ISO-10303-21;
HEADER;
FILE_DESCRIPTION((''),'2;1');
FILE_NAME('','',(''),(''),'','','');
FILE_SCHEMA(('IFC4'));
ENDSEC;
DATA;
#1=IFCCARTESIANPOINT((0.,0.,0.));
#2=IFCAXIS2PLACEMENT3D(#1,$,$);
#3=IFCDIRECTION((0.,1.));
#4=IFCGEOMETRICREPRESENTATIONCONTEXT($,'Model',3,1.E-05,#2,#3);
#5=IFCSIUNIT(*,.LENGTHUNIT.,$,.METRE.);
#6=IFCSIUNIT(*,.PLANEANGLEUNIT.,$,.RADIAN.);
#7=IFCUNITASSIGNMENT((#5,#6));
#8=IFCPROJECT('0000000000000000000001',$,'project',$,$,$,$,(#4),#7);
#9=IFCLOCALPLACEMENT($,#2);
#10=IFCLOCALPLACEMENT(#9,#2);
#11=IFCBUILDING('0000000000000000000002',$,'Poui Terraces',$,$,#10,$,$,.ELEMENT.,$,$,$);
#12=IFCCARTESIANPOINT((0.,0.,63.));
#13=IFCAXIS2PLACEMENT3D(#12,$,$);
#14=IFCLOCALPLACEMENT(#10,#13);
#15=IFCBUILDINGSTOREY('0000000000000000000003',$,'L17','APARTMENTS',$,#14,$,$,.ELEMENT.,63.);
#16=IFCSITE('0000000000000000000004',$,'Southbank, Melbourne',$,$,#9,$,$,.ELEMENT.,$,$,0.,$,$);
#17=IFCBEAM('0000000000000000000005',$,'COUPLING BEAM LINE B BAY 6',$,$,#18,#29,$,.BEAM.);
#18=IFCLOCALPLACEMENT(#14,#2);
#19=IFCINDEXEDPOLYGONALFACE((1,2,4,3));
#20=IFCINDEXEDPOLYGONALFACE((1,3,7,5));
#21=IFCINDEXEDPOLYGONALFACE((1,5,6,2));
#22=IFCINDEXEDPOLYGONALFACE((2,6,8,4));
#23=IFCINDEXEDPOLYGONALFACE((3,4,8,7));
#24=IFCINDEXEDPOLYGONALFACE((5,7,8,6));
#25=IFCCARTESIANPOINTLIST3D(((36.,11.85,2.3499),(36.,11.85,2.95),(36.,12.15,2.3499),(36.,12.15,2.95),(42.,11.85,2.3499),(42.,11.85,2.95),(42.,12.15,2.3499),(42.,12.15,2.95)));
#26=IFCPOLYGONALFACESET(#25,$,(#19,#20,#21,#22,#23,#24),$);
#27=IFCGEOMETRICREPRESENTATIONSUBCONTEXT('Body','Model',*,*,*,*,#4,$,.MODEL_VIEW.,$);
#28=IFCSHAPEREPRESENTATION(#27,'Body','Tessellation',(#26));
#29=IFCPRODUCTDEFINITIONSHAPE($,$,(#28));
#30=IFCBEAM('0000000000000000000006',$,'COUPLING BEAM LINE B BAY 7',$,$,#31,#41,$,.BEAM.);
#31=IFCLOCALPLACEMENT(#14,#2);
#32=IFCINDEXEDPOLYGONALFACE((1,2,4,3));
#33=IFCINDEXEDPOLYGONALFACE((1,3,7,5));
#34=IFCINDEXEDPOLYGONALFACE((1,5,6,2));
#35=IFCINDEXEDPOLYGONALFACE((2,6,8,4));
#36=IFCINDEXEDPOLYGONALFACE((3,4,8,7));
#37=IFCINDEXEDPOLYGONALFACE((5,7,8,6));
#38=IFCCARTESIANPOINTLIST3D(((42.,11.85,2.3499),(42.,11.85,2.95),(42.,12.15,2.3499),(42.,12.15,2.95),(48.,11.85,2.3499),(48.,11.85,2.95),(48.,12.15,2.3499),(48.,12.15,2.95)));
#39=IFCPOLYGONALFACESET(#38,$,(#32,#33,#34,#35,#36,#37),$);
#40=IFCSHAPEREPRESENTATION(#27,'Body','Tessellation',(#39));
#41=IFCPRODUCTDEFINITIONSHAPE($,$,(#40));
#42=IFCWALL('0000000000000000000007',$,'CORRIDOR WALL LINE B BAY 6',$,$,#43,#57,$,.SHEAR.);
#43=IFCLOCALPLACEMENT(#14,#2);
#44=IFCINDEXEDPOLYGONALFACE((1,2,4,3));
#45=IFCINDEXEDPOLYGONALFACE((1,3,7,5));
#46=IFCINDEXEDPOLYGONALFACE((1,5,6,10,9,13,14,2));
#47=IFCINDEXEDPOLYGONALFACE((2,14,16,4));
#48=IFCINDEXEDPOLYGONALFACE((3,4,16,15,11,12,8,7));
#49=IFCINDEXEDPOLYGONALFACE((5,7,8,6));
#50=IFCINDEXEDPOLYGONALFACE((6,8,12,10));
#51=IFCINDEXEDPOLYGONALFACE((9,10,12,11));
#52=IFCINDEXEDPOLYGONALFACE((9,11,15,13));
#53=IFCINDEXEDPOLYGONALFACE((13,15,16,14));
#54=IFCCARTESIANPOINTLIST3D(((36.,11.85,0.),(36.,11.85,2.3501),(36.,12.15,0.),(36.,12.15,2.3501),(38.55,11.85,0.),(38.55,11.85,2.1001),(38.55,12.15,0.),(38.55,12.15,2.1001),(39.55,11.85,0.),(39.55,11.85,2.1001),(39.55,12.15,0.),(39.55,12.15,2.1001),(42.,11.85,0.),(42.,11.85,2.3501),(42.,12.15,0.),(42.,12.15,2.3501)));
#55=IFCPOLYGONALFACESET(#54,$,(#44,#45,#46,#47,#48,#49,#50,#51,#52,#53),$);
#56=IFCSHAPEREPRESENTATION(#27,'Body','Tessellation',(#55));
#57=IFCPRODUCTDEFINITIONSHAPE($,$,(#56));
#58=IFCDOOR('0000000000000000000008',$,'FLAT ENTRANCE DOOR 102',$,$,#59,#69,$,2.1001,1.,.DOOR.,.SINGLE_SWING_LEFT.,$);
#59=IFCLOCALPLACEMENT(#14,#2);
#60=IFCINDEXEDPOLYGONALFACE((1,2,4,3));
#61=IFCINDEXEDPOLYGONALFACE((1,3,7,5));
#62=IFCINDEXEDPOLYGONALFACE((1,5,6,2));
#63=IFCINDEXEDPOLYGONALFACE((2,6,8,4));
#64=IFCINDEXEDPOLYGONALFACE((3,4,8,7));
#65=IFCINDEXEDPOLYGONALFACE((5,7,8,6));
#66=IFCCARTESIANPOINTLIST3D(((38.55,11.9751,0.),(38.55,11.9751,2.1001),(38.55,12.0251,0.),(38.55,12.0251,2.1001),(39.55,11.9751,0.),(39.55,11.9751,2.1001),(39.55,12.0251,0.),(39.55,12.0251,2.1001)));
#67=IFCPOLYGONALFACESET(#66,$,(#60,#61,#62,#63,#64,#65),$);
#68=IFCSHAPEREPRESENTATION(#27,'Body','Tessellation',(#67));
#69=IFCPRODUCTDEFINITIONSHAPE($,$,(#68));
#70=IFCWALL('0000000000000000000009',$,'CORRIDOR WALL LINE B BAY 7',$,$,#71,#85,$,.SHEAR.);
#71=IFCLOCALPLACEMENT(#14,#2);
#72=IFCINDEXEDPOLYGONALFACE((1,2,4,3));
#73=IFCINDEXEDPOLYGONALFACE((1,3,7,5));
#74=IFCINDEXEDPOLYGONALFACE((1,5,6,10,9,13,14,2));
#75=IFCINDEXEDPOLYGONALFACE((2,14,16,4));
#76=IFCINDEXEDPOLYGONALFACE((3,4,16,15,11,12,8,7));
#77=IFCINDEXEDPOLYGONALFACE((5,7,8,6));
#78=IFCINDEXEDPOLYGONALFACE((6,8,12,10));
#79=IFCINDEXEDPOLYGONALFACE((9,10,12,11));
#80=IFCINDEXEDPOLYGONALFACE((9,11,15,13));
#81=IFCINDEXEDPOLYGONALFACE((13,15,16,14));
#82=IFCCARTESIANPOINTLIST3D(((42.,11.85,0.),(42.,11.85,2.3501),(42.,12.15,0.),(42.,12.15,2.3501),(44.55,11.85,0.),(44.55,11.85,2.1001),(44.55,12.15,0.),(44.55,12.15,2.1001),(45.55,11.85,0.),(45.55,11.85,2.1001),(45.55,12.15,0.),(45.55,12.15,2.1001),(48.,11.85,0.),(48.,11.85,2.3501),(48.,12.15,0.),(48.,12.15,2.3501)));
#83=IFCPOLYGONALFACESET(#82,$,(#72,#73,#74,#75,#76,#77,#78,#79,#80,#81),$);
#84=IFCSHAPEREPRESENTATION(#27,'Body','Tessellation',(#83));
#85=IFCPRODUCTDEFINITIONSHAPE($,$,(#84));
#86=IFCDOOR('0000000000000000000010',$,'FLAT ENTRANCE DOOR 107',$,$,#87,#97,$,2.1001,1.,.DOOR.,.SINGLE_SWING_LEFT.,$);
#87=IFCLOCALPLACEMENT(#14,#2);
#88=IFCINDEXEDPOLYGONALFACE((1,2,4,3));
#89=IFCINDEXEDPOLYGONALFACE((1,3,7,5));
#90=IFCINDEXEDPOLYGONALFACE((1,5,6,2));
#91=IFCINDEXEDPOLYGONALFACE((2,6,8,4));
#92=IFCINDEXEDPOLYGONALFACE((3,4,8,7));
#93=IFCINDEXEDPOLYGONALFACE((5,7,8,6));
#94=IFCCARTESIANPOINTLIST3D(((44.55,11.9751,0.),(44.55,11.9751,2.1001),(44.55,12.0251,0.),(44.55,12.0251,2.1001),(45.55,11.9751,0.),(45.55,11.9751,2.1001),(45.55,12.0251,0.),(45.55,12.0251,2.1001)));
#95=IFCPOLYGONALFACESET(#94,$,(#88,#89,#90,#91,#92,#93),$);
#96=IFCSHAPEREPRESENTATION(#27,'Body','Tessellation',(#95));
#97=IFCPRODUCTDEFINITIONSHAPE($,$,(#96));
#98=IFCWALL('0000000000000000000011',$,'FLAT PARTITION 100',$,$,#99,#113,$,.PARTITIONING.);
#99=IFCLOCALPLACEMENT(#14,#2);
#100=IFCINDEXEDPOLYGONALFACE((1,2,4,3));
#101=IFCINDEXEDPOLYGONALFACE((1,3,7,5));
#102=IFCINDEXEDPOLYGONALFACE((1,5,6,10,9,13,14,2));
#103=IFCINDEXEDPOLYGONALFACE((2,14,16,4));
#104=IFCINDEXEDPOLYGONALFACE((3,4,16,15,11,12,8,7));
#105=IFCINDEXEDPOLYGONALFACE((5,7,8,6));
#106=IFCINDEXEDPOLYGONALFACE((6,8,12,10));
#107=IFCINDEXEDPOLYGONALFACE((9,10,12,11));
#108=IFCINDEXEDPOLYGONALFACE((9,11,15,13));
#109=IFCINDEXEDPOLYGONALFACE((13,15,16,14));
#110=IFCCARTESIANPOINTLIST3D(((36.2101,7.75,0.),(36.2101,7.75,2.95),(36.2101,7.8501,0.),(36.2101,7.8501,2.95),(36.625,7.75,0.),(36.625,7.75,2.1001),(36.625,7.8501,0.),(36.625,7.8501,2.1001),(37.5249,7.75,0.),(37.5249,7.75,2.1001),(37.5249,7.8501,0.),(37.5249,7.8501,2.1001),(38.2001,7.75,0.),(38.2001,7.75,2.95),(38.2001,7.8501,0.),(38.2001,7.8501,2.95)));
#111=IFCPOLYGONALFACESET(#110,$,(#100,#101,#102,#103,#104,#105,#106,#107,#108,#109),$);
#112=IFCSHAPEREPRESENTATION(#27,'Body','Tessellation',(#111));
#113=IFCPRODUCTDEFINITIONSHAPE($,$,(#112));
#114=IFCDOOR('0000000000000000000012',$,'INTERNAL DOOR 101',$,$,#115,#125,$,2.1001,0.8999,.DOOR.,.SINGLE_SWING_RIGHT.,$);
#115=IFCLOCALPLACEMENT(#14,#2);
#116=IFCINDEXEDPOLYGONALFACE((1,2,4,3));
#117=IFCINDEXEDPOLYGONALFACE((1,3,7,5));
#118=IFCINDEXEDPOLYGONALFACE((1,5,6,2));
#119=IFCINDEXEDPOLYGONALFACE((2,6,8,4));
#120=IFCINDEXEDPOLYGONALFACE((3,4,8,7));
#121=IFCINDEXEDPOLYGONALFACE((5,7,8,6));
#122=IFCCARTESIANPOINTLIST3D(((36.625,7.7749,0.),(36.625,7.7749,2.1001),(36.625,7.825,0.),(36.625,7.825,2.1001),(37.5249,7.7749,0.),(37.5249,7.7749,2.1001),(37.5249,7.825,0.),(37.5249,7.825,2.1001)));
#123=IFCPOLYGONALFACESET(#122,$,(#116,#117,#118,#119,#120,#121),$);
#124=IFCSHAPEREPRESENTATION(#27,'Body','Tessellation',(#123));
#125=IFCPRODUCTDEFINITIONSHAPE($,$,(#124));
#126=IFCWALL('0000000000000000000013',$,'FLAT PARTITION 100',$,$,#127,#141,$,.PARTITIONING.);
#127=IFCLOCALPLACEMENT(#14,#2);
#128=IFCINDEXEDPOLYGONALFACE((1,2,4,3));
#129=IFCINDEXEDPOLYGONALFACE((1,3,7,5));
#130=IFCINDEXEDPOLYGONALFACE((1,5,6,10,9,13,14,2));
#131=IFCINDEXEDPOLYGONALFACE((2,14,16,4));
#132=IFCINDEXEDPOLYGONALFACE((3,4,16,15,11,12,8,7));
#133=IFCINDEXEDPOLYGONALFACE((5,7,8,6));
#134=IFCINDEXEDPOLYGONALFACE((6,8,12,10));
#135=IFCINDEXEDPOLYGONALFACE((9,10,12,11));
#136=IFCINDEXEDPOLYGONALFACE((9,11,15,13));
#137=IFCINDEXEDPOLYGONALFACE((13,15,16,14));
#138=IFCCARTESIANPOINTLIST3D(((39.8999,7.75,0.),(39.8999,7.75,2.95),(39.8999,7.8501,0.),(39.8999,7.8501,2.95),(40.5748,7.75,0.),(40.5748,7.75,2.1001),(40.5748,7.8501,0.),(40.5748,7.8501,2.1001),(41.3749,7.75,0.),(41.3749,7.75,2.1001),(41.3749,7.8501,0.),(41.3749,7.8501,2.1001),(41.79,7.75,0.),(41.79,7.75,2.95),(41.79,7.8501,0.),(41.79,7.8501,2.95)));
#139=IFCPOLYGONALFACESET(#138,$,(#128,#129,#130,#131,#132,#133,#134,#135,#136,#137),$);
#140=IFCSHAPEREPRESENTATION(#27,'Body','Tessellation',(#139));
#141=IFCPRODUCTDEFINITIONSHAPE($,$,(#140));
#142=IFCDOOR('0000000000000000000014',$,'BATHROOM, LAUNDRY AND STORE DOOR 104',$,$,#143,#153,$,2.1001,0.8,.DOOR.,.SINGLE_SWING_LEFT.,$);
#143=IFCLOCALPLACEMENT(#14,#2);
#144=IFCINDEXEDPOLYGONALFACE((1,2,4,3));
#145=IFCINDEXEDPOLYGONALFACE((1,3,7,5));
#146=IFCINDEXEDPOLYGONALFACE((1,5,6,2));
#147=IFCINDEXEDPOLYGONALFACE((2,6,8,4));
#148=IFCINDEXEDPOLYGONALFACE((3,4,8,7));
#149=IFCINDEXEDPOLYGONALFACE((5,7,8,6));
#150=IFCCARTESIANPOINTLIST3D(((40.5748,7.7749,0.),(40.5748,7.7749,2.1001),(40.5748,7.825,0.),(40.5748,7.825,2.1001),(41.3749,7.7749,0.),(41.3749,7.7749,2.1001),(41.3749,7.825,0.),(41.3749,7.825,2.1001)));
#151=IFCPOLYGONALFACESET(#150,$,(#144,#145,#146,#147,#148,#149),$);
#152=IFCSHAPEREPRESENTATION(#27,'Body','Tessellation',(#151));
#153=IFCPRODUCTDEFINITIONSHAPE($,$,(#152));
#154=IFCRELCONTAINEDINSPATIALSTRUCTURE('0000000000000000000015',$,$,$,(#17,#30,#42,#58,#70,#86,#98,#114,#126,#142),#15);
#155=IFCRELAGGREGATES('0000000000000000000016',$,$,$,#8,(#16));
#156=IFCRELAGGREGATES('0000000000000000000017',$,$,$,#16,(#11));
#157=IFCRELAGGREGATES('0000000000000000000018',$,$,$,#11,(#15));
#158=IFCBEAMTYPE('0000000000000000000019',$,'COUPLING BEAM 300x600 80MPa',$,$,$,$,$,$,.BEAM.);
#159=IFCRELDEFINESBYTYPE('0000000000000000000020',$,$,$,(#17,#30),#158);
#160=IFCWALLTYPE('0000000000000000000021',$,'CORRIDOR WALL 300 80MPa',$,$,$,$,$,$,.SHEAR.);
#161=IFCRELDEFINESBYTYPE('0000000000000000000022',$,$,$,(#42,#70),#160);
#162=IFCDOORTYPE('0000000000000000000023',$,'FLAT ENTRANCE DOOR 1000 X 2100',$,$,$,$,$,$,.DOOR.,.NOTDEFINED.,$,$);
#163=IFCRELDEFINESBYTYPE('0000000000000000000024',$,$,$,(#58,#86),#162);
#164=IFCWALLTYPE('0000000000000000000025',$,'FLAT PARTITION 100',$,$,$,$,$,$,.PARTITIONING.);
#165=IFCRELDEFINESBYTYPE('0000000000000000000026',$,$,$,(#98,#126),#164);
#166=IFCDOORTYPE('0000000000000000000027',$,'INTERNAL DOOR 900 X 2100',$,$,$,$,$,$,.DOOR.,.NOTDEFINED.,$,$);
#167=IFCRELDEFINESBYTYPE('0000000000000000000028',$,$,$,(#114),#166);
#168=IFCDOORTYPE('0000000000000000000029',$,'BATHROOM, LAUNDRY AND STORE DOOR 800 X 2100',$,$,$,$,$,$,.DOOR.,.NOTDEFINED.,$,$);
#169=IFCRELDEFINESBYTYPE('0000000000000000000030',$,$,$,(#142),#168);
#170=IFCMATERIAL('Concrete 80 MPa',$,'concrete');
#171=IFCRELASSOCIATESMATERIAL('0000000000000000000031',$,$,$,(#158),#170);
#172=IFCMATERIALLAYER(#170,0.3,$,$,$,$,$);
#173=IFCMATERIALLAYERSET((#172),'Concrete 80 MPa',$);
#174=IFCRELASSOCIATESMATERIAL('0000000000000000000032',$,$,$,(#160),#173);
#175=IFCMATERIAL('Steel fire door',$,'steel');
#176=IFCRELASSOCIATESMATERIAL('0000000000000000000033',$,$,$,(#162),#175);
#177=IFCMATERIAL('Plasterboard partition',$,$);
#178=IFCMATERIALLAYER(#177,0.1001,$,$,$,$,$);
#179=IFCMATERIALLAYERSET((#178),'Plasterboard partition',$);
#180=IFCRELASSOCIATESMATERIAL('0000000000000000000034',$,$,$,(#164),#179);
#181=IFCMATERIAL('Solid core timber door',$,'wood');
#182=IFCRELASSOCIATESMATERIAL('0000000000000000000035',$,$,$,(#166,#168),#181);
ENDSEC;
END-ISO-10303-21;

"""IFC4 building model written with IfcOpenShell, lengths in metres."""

from ifc_helpers import new_model, si_unit, direction, frame, frame_2d, origin, origin_2d, place, context, subcontext, project, spatial, rectangle, extrude, source, transform, mapped, material, layer, layer_set, material_profile, profile_set, type_object, element, fill, save


model = new_model("IFC4")

# Units and contexts
model_context = context("Model", 3, precision=1e-05, world=origin(), true_north=direction((0.0, 1.0)))
body_context = subcontext(model_context, "Body", "Model", "MODEL_VIEW")
ifc_project = project(units=[si_unit("LENGTHUNIT", "METRE"), si_unit("PLANEANGLEUNIT", "RADIAN")], contexts=[model_context])

# Site, building, storey
site_placement = place(None, origin())
site = spatial("IfcSite", under=ifc_project, at=site_placement, Name="Southbank, Melbourne", CompositionType="ELEMENT", RefElevation=0.0)
building_placement = place(site_placement, origin())
building = spatial("IfcBuilding", under=site, at=building_placement, Name="Poui Terraces", CompositionType="ELEMENT")
storey_placement = place(building_placement, frame((0.0, 0.0, 63.0)))
storey = spatial("IfcBuildingStorey", under=building, at=storey_placement, Name="L17", Description="APARTMENTS", CompositionType="ELEMENT", Elevation=63.0)

# Beams
ifc_material_1 = material(Name="Concrete 80 MPa", Category="concrete")
ifc_material_profile = material_profile(ifc_material_1, rectangle(XDim=0.3, YDim=0.6001, at=origin_2d()), Name="RC 300x600")
ifc_profile_set = profile_set([ifc_material_profile], Name="Concrete 80 MPa")
beam_type = type_object("IfcBeamType", Name="COUPLING BEAM 300x600 80MPa", PredefinedType="BEAM", material=ifc_profile_set)
shared_shape = source(origin(), body_context, "Body", "SweptSolid", [
    extrude(rectangle(XDim=0.3, YDim=0.6001, at=origin_2d()), origin(), (0.0, 0.0, 1.0), 6.0),
])
for number, where, z_axis, x_axis, name in (
    (1, (36.0, 12.0, 2.6499), (1.0, 0.0, 0.0), (0.0, 1.0, 0.0), "COUPLING BEAM LINE B BAY 6"),
    (2, (42.0, 12.0, 2.6499), (1.0, 0.0, 0.0), (0.0, 1.0, 0.0), "COUPLING BEAM LINE B BAY 7"),
):
    element("IfcBeam", number, at=place(storey_placement, frame(where, z_axis=z_axis, x_axis=x_axis)), inside=storey, type_object=beam_type, Name=name, PredefinedType="BEAM", context=body_context, shape_type="MappedRepresentation", body=[
        mapped(shared_shape, transform((0.0, 0.0, 0.0))),
    ])

# Walls, openings, doors
ifc_layer_1 = layer(ifc_material_1, 0.3)
ifc_layer_set_1 = layer_set([ifc_layer_1], Name="Concrete 80 MPa")
wall_type_1 = type_object("IfcWallType", Name="CORRIDOR WALL 300 80MPa", PredefinedType="SHEAR", material=ifc_layer_set_1)
wall_1_placement = place(storey_placement, frame((36.0, 12.0, 0.0), z_axis=(0.0, 0.0, 1.0), x_axis=(1.0, 0.0, 0.0)))
wall_1 = element("IfcWall", 3, at=wall_1_placement, inside=storey, type_object=wall_type_1, Name="CORRIDOR WALL LINE B BAY 6", PredefinedType="SHEAR", context=body_context, shape_type="SweptSolid", body=[
    extrude(rectangle(XDim=6.0, YDim=0.3, at=frame_2d((3.0, 0.0))), origin(), (0.0, 0.0, 1.0), 2.3501),
])
opening_1_placement = place(wall_1_placement, frame((2.55, 0.0, 0.0)))
opening_1 = element("IfcOpeningElement", 4, at=opening_1_placement, cuts=wall_1, PredefinedType="OPENING", context=body_context, shape_type="SweptSolid", body=[
    extrude(rectangle(XDim=1.0, YDim=2.1001, at=frame_2d((0.5, 1.05))), frame((0.0, 0.1602, 0.0), z_axis=(0.0, -1.0, 0.0), x_axis=(1.0, 0.0, 0.0)), (0.0, 0.0, 1.0), 0.3201),
])
ifc_material_2 = material(Name="Steel fire door", Category="steel")
door_type_1 = type_object("IfcDoorType", Name="FLAT ENTRANCE DOOR 1000 X 2100", OperationType="NOTDEFINED", PredefinedType="DOOR", material=ifc_material_2)
door_1_placement = place(opening_1_placement, frame((1.0, 0.0, 0.0), z_axis=(0.0, 0.0, 1.0), x_axis=(-1.0, 0.0, 0.0)))
door_1 = element("IfcDoor", 5, at=door_1_placement, inside=storey, type_object=door_type_1, Name="FLAT ENTRANCE DOOR 102", OperationType="SINGLE_SWING_LEFT", OverallHeight=2.1001, OverallWidth=1.0, PredefinedType="DOOR", context=body_context, shape_type="SweptSolid", body=[
    extrude(rectangle(XDim=1.0, YDim=2.1001, at=frame_2d((0.5, 1.05))), frame((0.0, 0.0249, 0.0), z_axis=(0.0, -1.0, 0.0), x_axis=(1.0, 0.0, 0.0)), (0.0, 0.0, 1.0), 0.05),
])
fill(opening_1, door_1)
wall_2_placement = place(storey_placement, frame((42.0, 12.0, 0.0), z_axis=(0.0, 0.0, 1.0), x_axis=(1.0, 0.0, 0.0)))
wall_2 = element("IfcWall", 6, at=wall_2_placement, inside=storey, type_object=wall_type_1, Name="CORRIDOR WALL LINE B BAY 7", PredefinedType="SHEAR", context=body_context, shape_type="SweptSolid", body=[
    extrude(rectangle(XDim=6.0, YDim=0.3, at=frame_2d((3.0, 0.0))), origin(), (0.0, 0.0, 1.0), 2.3501),
])
opening_2_placement = place(wall_2_placement, frame((2.55, 0.0, 0.0)))
opening_2 = element("IfcOpeningElement", 7, at=opening_2_placement, cuts=wall_2, PredefinedType="OPENING", context=body_context, shape_type="SweptSolid", body=[
    extrude(rectangle(XDim=1.0, YDim=2.1001, at=frame_2d((0.5, 1.05))), frame((0.0, 0.1602, 0.0), z_axis=(0.0, -1.0, 0.0), x_axis=(1.0, 0.0, 0.0)), (0.0, 0.0, 1.0), 0.3201),
])
door_2_placement = place(opening_2_placement, frame((1.0, 0.0, 0.0), z_axis=(0.0, 0.0, 1.0), x_axis=(-1.0, 0.0, 0.0)))
door_2 = element("IfcDoor", 8, at=door_2_placement, inside=storey, type_object=door_type_1, Name="FLAT ENTRANCE DOOR 107", OperationType="SINGLE_SWING_LEFT", OverallHeight=2.1001, OverallWidth=1.0, PredefinedType="DOOR", context=body_context, shape_type="SweptSolid", body=[
    extrude(rectangle(XDim=1.0, YDim=2.1001, at=frame_2d((0.5, 1.05))), frame((0.0, 0.0249, 0.0), z_axis=(0.0, -1.0, 0.0), x_axis=(1.0, 0.0, 0.0)), (0.0, 0.0, 1.0), 0.05),
])
fill(opening_2, door_2)
ifc_material_3 = material(Name="Plasterboard partition")
ifc_layer_2 = layer(ifc_material_3, 0.1001)
ifc_layer_set_2 = layer_set([ifc_layer_2], Name="Plasterboard partition")
wall_type_2 = type_object("IfcWallType", Name="FLAT PARTITION 100", PredefinedType="PARTITIONING", material=ifc_layer_set_2)
wall_3_placement = place(storey_placement, frame((36.21, 7.8, 0.0), z_axis=(0.0, 0.0, 1.0), x_axis=(1.0, 0.0, 0.0)))
wall_3 = element("IfcWall", 9, at=wall_3_placement, inside=storey, type_object=wall_type_2, Name="FLAT PARTITION 100", PredefinedType="PARTITIONING", context=body_context, shape_type="SweptSolid", body=[
    extrude(rectangle(XDim=1.99, YDim=0.1001, at=frame_2d((0.9951, 0.0))), origin(), (0.0, 0.0, 1.0), 2.95),
])
opening_3_placement = place(wall_3_placement, frame((0.415, 0.0, 0.0)))
opening_3 = element("IfcOpeningElement", 10, at=opening_3_placement, cuts=wall_3, PredefinedType="OPENING", context=body_context, shape_type="SweptSolid", body=[
    extrude(rectangle(XDim=0.8999, YDim=2.1001, at=frame_2d((0.45, 1.05))), frame((0.0, 0.0601, 0.0), z_axis=(0.0, -1.0, 0.0), x_axis=(1.0, 0.0, 0.0)), (0.0, 0.0, 1.0), 0.1201),
])
ifc_material_4 = material(Name="Solid core timber door", Category="wood")
door_type_2 = type_object("IfcDoorType", Name="INTERNAL DOOR 900 X 2100", OperationType="NOTDEFINED", PredefinedType="DOOR", material=ifc_material_4)
door_3_placement = place(opening_3_placement, origin())
door_3 = element("IfcDoor", 11, at=door_3_placement, inside=storey, type_object=door_type_2, Name="INTERNAL DOOR 101", OperationType="SINGLE_SWING_RIGHT", OverallHeight=2.1001, OverallWidth=0.8999, PredefinedType="DOOR", context=body_context, shape_type="SweptSolid", body=[
    extrude(rectangle(XDim=0.8999, YDim=2.1001, at=frame_2d((0.45, 1.05))), frame((0.0, 0.0249, 0.0), z_axis=(0.0, -1.0, 0.0), x_axis=(1.0, 0.0, 0.0)), (0.0, 0.0, 1.0), 0.05),
])
fill(opening_3, door_3)
wall_4_placement = place(storey_placement, frame((39.8999, 7.8, 0.0), z_axis=(0.0, 0.0, 1.0), x_axis=(1.0, 0.0, 0.0)))
wall_4 = element("IfcWall", 12, at=wall_4_placement, inside=storey, type_object=wall_type_2, Name="FLAT PARTITION 100", PredefinedType="PARTITIONING", context=body_context, shape_type="SweptSolid", body=[
    extrude(rectangle(XDim=1.8901, YDim=0.1001, at=frame_2d((0.9451, 0.0))), origin(), (0.0, 0.0, 1.0), 2.95),
])
opening_4_placement = place(wall_4_placement, frame((0.675, 0.0, 0.0)))
opening_4 = element("IfcOpeningElement", 13, at=opening_4_placement, cuts=wall_4, PredefinedType="OPENING", context=body_context, shape_type="SweptSolid", body=[
    extrude(rectangle(XDim=0.8, YDim=2.1001, at=frame_2d((0.3999, 1.05))), frame((0.0, 0.0601, 0.0), z_axis=(0.0, -1.0, 0.0), x_axis=(1.0, 0.0, 0.0)), (0.0, 0.0, 1.0), 0.1201),
])
door_type_3 = type_object("IfcDoorType", Name="BATHROOM, LAUNDRY AND STORE DOOR 800 X 2100", OperationType="NOTDEFINED", PredefinedType="DOOR", material=ifc_material_4)
door_4_placement = place(opening_4_placement, origin())
door_4 = element("IfcDoor", 14, at=door_4_placement, inside=storey, type_object=door_type_3, Name="BATHROOM, LAUNDRY AND STORE DOOR 104", OperationType="SINGLE_SWING_LEFT", OverallHeight=2.1001, OverallWidth=0.8, PredefinedType="DOOR", context=body_context, shape_type="SweptSolid", body=[
    extrude(rectangle(XDim=0.8, YDim=2.1001, at=frame_2d((0.3999, 1.05))), frame((0.0, 0.0249, 0.0), z_axis=(0.0, -1.0, 0.0), x_axis=(1.0, 0.0, 0.0)), (0.0, 0.0, 1.0), 0.05),
])
fill(opening_4, door_4)

save(model, "model.ifc")
